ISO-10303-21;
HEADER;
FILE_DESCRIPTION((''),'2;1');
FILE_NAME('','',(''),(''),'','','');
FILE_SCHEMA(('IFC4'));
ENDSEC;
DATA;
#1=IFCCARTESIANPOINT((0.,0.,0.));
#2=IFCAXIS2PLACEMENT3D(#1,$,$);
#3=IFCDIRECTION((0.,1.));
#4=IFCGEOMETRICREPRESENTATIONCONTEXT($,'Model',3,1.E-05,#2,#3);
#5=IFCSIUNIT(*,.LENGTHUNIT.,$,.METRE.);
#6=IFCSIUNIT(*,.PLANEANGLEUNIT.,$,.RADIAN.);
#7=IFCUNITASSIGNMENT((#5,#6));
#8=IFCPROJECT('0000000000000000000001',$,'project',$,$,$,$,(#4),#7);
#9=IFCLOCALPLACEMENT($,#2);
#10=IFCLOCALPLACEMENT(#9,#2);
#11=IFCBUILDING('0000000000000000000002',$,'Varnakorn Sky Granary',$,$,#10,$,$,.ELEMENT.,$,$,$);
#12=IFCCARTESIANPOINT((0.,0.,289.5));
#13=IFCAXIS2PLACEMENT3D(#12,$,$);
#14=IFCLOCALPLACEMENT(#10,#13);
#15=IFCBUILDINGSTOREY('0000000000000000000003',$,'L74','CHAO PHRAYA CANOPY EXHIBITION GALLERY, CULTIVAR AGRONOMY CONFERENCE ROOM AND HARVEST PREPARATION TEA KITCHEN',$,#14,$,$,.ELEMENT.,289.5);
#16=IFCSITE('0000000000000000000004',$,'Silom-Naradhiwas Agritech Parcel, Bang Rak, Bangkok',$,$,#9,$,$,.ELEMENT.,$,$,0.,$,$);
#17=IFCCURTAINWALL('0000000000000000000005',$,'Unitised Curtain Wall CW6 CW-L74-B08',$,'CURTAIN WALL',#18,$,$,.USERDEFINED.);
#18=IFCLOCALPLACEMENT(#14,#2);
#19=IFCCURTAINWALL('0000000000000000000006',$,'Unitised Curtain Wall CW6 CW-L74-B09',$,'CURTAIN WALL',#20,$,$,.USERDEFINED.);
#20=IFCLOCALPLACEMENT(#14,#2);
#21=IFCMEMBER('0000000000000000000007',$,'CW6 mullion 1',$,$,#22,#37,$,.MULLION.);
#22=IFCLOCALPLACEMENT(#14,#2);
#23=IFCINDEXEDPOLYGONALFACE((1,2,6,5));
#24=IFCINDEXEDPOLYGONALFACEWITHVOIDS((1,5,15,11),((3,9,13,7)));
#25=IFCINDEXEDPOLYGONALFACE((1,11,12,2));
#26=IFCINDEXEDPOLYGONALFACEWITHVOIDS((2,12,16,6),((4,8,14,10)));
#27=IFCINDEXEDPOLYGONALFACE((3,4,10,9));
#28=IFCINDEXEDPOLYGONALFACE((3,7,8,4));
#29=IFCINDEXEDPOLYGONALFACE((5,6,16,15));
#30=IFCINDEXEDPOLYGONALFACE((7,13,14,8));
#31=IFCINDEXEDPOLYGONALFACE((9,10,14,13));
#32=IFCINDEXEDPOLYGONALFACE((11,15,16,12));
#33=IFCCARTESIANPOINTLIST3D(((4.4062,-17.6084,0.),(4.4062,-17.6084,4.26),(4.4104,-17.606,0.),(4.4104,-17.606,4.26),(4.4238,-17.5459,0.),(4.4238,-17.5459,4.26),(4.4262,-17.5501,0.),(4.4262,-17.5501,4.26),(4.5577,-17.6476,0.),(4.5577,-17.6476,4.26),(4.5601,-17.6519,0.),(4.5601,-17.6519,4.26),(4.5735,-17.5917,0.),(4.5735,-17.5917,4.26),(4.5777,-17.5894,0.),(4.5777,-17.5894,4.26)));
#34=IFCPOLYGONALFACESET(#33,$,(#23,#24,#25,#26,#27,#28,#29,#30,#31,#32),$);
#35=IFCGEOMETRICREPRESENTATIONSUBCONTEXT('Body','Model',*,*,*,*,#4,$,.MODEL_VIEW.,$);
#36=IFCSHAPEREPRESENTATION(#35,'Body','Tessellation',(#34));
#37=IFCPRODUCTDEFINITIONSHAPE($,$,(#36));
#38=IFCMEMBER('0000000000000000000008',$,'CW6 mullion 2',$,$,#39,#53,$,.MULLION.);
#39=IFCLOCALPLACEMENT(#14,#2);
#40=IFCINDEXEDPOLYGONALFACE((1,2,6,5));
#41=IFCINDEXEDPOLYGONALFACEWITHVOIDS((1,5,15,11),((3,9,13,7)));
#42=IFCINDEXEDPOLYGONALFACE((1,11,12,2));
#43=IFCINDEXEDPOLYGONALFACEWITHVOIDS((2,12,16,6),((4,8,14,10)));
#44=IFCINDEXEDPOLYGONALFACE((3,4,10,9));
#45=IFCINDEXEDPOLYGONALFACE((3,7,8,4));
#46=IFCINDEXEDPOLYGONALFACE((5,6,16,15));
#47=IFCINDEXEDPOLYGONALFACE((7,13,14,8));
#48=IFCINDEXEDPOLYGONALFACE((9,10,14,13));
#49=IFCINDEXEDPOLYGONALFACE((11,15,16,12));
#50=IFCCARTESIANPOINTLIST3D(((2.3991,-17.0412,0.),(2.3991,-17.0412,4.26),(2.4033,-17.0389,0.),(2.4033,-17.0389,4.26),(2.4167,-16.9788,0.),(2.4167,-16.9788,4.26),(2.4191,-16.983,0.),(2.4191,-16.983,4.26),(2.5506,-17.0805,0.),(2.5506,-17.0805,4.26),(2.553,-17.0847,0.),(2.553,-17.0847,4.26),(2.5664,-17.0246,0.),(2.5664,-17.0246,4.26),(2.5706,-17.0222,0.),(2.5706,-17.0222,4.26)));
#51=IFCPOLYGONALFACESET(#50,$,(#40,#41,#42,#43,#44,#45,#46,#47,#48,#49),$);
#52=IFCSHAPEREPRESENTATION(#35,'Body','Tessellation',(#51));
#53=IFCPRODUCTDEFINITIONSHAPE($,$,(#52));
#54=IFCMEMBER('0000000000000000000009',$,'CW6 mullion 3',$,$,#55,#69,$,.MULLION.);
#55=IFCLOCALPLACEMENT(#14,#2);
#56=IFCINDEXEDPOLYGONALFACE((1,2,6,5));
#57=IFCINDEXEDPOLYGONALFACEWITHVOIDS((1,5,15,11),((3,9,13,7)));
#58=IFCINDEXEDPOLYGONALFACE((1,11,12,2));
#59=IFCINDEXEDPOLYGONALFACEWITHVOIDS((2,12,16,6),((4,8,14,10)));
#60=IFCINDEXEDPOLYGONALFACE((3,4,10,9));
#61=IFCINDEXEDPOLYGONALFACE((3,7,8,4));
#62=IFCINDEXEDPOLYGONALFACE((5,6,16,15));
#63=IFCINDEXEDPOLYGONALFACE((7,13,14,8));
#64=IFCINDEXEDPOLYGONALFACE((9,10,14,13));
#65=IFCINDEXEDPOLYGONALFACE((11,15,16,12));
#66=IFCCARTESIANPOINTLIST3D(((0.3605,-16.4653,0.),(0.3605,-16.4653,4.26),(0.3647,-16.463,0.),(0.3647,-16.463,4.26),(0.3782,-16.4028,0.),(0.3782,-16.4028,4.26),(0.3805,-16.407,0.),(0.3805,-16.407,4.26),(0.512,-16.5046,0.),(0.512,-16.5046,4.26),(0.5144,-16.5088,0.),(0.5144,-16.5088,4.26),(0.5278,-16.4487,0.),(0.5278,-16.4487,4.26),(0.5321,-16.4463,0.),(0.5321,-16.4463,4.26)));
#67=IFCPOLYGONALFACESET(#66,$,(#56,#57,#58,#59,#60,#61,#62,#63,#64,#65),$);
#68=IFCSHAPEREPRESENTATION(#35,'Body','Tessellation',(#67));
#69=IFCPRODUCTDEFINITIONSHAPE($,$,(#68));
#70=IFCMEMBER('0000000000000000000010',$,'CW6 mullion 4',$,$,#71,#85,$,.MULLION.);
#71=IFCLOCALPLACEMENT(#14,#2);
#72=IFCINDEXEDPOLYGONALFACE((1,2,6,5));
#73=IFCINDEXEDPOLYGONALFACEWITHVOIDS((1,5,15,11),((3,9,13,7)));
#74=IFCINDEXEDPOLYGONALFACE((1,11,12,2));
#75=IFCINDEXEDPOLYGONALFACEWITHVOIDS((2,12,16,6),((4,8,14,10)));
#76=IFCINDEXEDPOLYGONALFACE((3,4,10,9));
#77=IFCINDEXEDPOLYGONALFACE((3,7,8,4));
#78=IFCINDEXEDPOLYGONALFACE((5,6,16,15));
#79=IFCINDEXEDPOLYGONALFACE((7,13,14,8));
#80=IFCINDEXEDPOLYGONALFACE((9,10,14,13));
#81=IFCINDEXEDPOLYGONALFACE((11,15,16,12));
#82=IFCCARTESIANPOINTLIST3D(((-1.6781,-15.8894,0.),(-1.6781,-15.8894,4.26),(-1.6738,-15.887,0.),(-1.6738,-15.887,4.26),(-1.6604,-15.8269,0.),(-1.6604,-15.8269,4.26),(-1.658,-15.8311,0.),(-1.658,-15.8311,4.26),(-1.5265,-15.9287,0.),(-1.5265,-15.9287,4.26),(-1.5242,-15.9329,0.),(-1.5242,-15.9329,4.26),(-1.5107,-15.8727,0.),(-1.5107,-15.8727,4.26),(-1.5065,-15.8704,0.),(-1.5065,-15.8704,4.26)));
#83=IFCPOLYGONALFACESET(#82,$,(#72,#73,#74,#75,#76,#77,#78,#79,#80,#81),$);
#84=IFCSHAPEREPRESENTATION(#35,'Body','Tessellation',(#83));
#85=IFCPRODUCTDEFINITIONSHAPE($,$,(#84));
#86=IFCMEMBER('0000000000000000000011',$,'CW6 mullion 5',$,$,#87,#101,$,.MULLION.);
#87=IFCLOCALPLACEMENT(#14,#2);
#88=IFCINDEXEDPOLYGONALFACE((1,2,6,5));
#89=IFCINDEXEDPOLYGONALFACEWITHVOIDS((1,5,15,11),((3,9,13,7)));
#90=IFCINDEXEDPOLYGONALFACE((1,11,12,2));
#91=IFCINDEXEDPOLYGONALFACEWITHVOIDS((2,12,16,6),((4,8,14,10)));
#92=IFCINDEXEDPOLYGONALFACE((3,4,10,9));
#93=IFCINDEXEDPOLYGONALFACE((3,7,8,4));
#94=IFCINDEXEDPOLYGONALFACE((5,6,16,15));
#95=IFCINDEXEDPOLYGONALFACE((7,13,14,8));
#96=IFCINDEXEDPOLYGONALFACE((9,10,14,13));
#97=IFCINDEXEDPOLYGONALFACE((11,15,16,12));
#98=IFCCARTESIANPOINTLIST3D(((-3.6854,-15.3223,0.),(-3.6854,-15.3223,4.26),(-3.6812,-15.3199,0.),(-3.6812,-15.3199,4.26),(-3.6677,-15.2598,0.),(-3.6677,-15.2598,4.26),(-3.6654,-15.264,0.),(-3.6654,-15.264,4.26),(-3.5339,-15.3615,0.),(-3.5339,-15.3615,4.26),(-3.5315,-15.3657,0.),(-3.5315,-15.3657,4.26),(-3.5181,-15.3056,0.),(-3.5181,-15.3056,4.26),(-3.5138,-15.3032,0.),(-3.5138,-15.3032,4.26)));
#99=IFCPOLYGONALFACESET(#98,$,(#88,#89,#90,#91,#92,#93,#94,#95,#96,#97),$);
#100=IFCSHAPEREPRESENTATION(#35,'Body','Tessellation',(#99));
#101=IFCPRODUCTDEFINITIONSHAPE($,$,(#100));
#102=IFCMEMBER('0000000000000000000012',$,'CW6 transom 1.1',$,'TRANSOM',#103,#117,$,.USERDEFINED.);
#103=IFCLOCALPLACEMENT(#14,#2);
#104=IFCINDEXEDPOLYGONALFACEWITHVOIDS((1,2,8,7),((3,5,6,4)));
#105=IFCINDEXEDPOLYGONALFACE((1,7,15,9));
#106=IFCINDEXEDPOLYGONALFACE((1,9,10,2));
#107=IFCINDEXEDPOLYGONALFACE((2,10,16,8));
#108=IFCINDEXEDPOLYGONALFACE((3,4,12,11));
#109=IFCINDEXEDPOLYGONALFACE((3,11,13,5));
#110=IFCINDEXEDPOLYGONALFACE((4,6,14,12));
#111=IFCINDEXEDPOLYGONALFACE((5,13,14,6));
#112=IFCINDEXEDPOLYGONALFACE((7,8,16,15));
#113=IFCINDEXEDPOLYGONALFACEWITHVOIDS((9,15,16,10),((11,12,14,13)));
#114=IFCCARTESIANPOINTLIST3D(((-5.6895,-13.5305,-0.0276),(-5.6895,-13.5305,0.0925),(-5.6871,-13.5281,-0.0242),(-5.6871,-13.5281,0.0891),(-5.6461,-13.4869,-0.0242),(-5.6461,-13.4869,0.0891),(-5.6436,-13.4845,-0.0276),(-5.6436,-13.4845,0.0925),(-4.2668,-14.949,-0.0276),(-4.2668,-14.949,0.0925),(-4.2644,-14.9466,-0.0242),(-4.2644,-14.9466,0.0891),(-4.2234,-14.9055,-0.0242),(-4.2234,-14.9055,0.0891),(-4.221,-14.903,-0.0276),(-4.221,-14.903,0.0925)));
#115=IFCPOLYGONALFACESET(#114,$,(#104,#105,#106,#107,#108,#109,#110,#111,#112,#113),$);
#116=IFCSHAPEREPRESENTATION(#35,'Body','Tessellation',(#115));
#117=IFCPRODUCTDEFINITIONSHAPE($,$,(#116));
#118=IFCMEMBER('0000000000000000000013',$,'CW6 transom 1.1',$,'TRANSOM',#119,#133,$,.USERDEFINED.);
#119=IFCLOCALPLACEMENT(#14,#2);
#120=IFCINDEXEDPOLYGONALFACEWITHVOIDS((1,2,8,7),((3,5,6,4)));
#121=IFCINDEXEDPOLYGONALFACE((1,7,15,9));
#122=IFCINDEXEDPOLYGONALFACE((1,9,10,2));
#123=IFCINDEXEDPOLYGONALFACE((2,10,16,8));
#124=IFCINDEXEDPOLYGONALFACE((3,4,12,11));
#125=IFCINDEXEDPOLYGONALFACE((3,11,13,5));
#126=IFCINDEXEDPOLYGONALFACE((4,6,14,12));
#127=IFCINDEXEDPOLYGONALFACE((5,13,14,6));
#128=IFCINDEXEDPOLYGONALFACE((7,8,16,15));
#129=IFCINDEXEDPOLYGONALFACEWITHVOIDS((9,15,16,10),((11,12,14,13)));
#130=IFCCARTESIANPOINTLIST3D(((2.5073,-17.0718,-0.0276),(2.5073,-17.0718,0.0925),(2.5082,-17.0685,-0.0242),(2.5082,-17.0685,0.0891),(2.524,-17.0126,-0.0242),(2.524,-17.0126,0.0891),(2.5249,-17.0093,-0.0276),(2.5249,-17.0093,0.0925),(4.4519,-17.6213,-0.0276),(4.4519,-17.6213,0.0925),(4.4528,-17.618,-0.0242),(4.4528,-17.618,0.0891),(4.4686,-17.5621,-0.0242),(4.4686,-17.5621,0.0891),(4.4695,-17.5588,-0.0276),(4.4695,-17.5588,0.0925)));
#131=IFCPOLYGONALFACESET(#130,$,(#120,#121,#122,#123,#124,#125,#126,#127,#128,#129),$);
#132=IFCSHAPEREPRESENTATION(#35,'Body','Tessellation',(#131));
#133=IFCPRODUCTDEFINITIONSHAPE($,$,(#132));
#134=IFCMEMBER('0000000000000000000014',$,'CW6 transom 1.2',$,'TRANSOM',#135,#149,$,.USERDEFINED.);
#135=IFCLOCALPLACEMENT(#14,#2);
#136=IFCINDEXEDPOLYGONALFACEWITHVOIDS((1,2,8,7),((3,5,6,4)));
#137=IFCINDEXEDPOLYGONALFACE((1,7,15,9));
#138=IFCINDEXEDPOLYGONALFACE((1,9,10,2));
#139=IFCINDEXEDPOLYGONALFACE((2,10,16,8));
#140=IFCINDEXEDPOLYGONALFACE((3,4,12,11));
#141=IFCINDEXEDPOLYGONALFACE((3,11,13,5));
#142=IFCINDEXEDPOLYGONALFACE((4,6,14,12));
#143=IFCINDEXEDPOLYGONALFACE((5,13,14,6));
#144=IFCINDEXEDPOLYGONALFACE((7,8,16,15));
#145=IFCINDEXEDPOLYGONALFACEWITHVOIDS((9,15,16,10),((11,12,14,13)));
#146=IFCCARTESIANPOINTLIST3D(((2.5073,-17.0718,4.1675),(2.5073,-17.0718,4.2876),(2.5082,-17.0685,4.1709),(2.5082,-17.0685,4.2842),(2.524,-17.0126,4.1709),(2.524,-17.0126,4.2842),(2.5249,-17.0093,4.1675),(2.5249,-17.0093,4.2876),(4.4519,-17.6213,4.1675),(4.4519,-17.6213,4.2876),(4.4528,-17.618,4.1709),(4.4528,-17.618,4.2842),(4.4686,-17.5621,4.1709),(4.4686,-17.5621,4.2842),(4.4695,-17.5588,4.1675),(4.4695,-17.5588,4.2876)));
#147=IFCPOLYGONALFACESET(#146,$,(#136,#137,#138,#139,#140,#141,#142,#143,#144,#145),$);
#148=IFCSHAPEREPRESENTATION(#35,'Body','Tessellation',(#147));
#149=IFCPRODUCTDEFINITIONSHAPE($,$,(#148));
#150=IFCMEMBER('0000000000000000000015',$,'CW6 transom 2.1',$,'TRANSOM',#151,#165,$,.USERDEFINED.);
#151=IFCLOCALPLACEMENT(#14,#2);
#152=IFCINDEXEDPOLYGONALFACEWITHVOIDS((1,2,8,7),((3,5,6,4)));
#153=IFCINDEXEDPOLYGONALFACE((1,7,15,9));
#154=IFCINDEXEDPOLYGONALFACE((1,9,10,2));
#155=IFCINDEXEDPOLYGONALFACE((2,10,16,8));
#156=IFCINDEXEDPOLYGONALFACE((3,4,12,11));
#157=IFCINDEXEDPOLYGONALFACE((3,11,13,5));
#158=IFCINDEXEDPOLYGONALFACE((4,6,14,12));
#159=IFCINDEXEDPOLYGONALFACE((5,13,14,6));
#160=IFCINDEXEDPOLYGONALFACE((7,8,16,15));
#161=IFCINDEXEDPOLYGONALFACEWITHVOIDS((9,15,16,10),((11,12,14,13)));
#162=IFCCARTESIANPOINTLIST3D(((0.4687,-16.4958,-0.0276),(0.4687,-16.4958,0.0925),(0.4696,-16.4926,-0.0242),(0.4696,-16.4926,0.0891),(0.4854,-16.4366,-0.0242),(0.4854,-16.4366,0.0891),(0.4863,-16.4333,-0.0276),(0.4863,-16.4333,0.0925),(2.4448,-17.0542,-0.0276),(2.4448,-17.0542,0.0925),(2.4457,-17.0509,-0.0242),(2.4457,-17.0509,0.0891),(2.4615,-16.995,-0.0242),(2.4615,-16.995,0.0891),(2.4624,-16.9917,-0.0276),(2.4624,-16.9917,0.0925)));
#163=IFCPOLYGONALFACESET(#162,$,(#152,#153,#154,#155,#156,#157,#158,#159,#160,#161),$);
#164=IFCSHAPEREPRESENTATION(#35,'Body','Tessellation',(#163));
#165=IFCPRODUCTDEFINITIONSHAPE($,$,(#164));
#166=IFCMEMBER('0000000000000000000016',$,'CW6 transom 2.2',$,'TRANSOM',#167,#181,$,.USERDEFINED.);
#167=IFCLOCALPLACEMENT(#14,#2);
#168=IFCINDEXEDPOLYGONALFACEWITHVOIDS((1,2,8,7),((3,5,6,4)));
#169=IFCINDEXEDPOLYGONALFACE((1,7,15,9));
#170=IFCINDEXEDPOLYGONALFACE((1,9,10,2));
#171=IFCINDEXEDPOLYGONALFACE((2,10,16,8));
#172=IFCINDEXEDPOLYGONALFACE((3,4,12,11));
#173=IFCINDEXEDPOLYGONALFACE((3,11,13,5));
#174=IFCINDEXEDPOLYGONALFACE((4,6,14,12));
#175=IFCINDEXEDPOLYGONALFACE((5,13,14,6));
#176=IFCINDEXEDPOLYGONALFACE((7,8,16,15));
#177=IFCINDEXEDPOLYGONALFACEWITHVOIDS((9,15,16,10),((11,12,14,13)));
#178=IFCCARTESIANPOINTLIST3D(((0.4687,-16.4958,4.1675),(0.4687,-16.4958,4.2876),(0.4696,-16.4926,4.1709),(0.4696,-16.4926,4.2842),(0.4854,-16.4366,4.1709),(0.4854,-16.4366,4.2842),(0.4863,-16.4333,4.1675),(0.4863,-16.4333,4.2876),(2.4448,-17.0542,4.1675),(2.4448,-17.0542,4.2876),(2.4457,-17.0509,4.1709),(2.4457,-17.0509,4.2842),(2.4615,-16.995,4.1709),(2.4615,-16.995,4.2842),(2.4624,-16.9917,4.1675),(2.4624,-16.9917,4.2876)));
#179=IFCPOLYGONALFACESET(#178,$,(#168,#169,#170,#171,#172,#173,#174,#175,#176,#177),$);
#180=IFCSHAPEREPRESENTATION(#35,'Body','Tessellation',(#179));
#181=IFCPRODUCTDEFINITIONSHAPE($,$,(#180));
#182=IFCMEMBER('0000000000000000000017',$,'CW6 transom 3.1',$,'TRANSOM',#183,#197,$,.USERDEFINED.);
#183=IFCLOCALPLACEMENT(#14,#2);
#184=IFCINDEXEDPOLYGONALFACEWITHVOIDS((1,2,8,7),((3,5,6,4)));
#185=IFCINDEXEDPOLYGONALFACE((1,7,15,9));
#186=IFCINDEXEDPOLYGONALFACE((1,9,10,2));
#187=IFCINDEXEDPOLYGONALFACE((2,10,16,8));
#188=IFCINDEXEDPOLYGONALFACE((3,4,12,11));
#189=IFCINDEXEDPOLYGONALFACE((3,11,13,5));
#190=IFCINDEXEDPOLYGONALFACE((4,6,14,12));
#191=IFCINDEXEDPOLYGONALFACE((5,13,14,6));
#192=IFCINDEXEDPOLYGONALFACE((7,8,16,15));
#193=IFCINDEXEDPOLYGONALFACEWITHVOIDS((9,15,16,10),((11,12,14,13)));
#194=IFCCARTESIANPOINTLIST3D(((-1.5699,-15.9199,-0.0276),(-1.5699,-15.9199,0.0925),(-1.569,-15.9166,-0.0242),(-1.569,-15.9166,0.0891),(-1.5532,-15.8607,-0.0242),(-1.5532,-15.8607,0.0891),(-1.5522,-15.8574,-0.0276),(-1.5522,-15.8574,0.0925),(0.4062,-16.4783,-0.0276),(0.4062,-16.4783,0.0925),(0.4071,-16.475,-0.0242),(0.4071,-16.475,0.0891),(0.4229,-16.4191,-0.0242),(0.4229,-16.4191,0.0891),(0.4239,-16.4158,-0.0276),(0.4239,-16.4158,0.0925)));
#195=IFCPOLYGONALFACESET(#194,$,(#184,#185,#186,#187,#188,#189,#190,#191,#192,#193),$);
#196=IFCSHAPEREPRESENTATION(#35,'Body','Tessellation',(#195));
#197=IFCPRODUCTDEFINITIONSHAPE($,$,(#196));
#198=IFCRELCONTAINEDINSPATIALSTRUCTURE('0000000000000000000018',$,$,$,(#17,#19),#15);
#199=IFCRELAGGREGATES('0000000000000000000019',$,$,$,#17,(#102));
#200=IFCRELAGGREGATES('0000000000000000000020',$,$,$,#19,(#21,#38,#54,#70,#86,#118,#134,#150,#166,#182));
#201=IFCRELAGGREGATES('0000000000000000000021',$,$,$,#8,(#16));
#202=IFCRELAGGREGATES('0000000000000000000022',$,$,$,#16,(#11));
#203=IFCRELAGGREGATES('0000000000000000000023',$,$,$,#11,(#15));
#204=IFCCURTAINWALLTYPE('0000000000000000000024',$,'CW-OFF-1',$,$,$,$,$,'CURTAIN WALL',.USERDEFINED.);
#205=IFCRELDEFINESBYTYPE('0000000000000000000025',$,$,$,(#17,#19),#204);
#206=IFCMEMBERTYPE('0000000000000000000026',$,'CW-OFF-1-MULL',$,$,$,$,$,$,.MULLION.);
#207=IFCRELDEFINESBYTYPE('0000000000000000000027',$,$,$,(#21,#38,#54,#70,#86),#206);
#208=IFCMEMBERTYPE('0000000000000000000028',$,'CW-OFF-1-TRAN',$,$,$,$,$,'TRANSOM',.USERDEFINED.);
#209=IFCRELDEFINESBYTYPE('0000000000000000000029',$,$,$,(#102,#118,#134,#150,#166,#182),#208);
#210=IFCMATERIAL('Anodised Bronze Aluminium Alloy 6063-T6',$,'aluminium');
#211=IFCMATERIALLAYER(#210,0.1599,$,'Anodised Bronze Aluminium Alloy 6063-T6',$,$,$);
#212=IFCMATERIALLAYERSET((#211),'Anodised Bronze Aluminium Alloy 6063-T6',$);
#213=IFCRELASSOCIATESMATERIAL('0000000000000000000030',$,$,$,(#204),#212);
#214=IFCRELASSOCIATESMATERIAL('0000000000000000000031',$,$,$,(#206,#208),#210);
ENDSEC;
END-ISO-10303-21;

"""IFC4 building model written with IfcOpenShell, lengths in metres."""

from ifc_helpers import new_model, si_unit, direction, frame, origin, origin_2d, place, context, subcontext, project, spatial, hollow_rectangle, extrude, material, layer, layer_set, material_profile, profile_set, type_object, element, aggregate, save


model = new_model("IFC4")

# Units and contexts
model_context = context("Model", 3, precision=1e-05, world=origin(), true_north=direction((0.0, 1.0)))
body_context = subcontext(model_context, "Body", "Model", "MODEL_VIEW")
ifc_project = project(units=[si_unit("LENGTHUNIT", "METRE"), si_unit("PLANEANGLEUNIT", "RADIAN")], contexts=[model_context])

# Site, building, storey
site_placement = place(None, origin())
site = spatial("IfcSite", under=ifc_project, at=site_placement, Name="Silom-Naradhiwas Agritech Parcel, Bang Rak, Bangkok", CompositionType="ELEMENT", RefElevation=0.0)
building_placement = place(site_placement, origin())
building = spatial("IfcBuilding", under=site, at=building_placement, Name="Varnakorn Sky Granary", CompositionType="ELEMENT")
storey_placement = place(building_placement, frame((0.0, 0.0, 289.5)))
storey = spatial("IfcBuildingStorey", under=building, at=storey_placement, Name="L74", Description="CHAO PHRAYA CANOPY EXHIBITION GALLERY, CULTIVAR AGRONOMY CONFERENCE ROOM AND HARVEST PREPARATION TEA KITCHEN", CompositionType="ELEMENT", Elevation=289.5)

# Curtain wall
ifc_material_1 = material(Name="Anodised Bronze Aluminium Alloy 6063-T6", Category="aluminium")
ifc_layer_1 = layer(ifc_material_1, 0.1599, Name="Anodised Bronze Aluminium Alloy 6063-T6")
ifc_layer_set_1 = layer_set([ifc_layer_1], Name="Anodised Bronze Aluminium Alloy 6063-T6")
curtain_wall_type = type_object("IfcCurtainWallType", Name="CW-OFF-1", ElementType="CURTAIN WALL", PredefinedType="USERDEFINED", material=ifc_layer_set_1)
curtain_wall_1_placement = place(storey_placement, origin())
curtain_wall_1 = element("IfcCurtainWall", 1, at=curtain_wall_1_placement, inside=storey, type_object=curtain_wall_type, Name="Unitised Curtain Wall CW6 CW-L74-B08", ObjectType="CURTAIN WALL", PredefinedType="USERDEFINED")
ifc_material_profile_1 = material_profile(ifc_material_1, hollow_rectangle(XDim=0.0649, YDim=0.1599, WallThickness=0.0034, at=origin_2d()), Name="ALU MULL 65x160")
ifc_profile_set_1 = profile_set([ifc_material_profile_1], Name="Anodised Bronze Aluminium Alloy 6063-T6")
member_type_1 = type_object("IfcMemberType", Name="CW-OFF-1-MULL", PredefinedType="MULLION", material=ifc_profile_set_1)

# Curtain wall, members
curtain_wall_2_placement = place(storey_placement, origin())
curtain_wall_2 = element("IfcCurtainWall", 2, at=curtain_wall_2_placement, inside=storey, type_object=curtain_wall_type, Name="Unitised Curtain Wall CW6 CW-L74-B09", ObjectType="CURTAIN WALL", PredefinedType="USERDEFINED")
member_1_placement = place(storey_placement, frame((4.4919, -17.5989, 0.0), z_axis=(0.0, 0.0, 1.0), x_axis=(-0.271878, -0.962332, 0.0)))
member_1 = element("IfcMember", 3, at=member_1_placement, type_object=member_type_1, Name="CW6 mullion 1", PredefinedType="MULLION", context=body_context, shape_type="SweptSolid", body=[
    extrude(hollow_rectangle(XDim=0.0649, YDim=0.1599, WallThickness=0.0034, at=origin_2d()), origin(), (0.0, 0.0, 1.0), 4.26),
])
member_2_placement = place(storey_placement, frame((2.4849, -17.0317, 0.0), z_axis=(0.0, 0.0, 1.0), x_axis=(-0.271878, -0.962332, 0.0)))
member_2 = element("IfcMember", 4, at=member_2_placement, type_object=member_type_1, Name="CW6 mullion 2", PredefinedType="MULLION", context=body_context, shape_type="SweptSolid", body=[
    extrude(hollow_rectangle(XDim=0.0649, YDim=0.1599, WallThickness=0.0034, at=origin_2d()), origin(), (0.0, 0.0, 1.0), 4.26),
])
member_3_placement = place(storey_placement, frame((0.4463, -16.4558, 0.0), z_axis=(0.0, 0.0, 1.0), x_axis=(-0.271878, -0.962332, 0.0)))
member_3 = element("IfcMember", 5, at=member_3_placement, type_object=member_type_1, Name="CW6 mullion 3", PredefinedType="MULLION", context=body_context, shape_type="SweptSolid", body=[
    extrude(hollow_rectangle(XDim=0.0649, YDim=0.1599, WallThickness=0.0034, at=origin_2d()), origin(), (0.0, 0.0, 1.0), 4.26),
])
member_4_placement = place(storey_placement, frame((-1.5923, -15.8799, 0.0), z_axis=(0.0, 0.0, 1.0), x_axis=(-0.271878, -0.962332, 0.0)))
member_4 = element("IfcMember", 6, at=member_4_placement, type_object=member_type_1, Name="CW6 mullion 4", PredefinedType="MULLION", context=body_context, shape_type="SweptSolid", body=[
    extrude(hollow_rectangle(XDim=0.0649, YDim=0.1599, WallThickness=0.0034, at=origin_2d()), origin(), (0.0, 0.0, 1.0), 4.26),
])
member_5_placement = place(storey_placement, frame((-3.5996, -15.3127, 0.0), z_axis=(0.0, 0.0, 1.0), x_axis=(-0.271878, -0.962332, 0.0)))
member_5 = element("IfcMember", 7, at=member_5_placement, type_object=member_type_1, Name="CW6 mullion 5", PredefinedType="MULLION", context=body_context, shape_type="SweptSolid", body=[
    extrude(hollow_rectangle(XDim=0.0649, YDim=0.1599, WallThickness=0.0034, at=origin_2d()), origin(), (0.0, 0.0, 1.0), 4.26),
])

# Members
ifc_material_profile_2 = material_profile(ifc_material_1, hollow_rectangle(XDim=0.0649, YDim=0.1201, WallThickness=0.0034, at=origin_2d()), Name="ALU TRAN 65x120")
ifc_profile_set_2 = profile_set([ifc_material_profile_2], Name="Anodised Bronze Aluminium Alloy 6063-T6")
member_type_2 = type_object("IfcMemberType", Name="CW-OFF-1-TRAN", ElementType="TRANSOM", PredefinedType="USERDEFINED", material=ifc_profile_set_2)
member_6_placement = place(storey_placement, frame((-4.2439, -14.926, 0.0325), z_axis=(-0.708139, 0.706073, 0.0), x_axis=(-0.706073, -0.708139, 0.0)))
member_6 = element("IfcMember", 8, at=member_6_placement, type_object=member_type_2, Name="CW6 transom 1.1", ObjectType="TRANSOM", PredefinedType="USERDEFINED", context=body_context, shape_type="SweptSolid", body=[
    extrude(hollow_rectangle(XDim=0.0649, YDim=0.1201, WallThickness=0.0034, at=origin_2d()), origin(), (0.0, 0.0, 1.0), 2.009),
])
aggregate(curtain_wall_1, [member_6])
member_7_placement = place(storey_placement, frame((4.4607, -17.5901, 0.0325), z_axis=(-0.962309, 0.271959, 0.0), x_axis=(-0.271959, -0.962309, 0.0)))
member_7 = element("IfcMember", 9, at=member_7_placement, type_object=member_type_2, Name="CW6 transom 1.1", ObjectType="TRANSOM", PredefinedType="USERDEFINED", context=body_context, shape_type="SweptSolid", body=[
    extrude(hollow_rectangle(XDim=0.0649, YDim=0.1201, WallThickness=0.0034, at=origin_2d()), origin(), (0.0, 0.0, 1.0), 2.0208),
])
member_8_placement = place(storey_placement, frame((4.4607, -17.5901, 4.2275), z_axis=(-0.962309, 0.271959, 0.0), x_axis=(-0.271959, -0.962309, 0.0)))
member_8 = element("IfcMember", 10, at=member_8_placement, type_object=member_type_2, Name="CW6 transom 1.2", ObjectType="TRANSOM", PredefinedType="USERDEFINED", context=body_context, shape_type="SweptSolid", body=[
    extrude(hollow_rectangle(XDim=0.0649, YDim=0.1201, WallThickness=0.0034, at=origin_2d()), origin(), (0.0, 0.0, 1.0), 2.0208),
])
member_9_placement = place(storey_placement, frame((2.4536, -17.0229, 0.0325), z_axis=(-0.962323, 0.271909, 0.0), x_axis=(-0.271909, -0.962323, 0.0)))
member_9 = element("IfcMember", 11, at=member_9_placement, type_object=member_type_2, Name="CW6 transom 2.1", ObjectType="TRANSOM", PredefinedType="USERDEFINED", context=body_context, shape_type="SweptSolid", body=[
    extrude(hollow_rectangle(XDim=0.0649, YDim=0.1201, WallThickness=0.0034, at=origin_2d()), origin(), (0.0, 0.0, 1.0), 2.0535),
])
member_10_placement = place(storey_placement, frame((2.4536, -17.0229, 4.2275), z_axis=(-0.962323, 0.271909, 0.0), x_axis=(-0.271909, -0.962323, 0.0)))
member_10 = element("IfcMember", 12, at=member_10_placement, type_object=member_type_2, Name="CW6 transom 2.2", ObjectType="TRANSOM", PredefinedType="USERDEFINED", context=body_context, shape_type="SweptSolid", body=[
    extrude(hollow_rectangle(XDim=0.0649, YDim=0.1201, WallThickness=0.0034, at=origin_2d()), origin(), (0.0, 0.0, 1.0), 2.0535),
])
member_11_placement = place(storey_placement, frame((0.415, -16.447, 0.0325), z_axis=(-0.962323, 0.271909, 0.0), x_axis=(-0.271909, -0.962323, 0.0)))
member_11 = element("IfcMember", 13, at=member_11_placement, type_object=member_type_2, Name="CW6 transom 3.1", ObjectType="TRANSOM", PredefinedType="USERDEFINED", context=body_context, shape_type="SweptSolid", body=[
    extrude(hollow_rectangle(XDim=0.0649, YDim=0.1201, WallThickness=0.0034, at=origin_2d()), origin(), (0.0, 0.0, 1.0), 2.0535),
])

aggregate(curtain_wall_2, [member_1, member_2, member_3, member_4, member_5, member_7, member_8, member_9, member_10, member_11])

save(model, "model.ifc")
